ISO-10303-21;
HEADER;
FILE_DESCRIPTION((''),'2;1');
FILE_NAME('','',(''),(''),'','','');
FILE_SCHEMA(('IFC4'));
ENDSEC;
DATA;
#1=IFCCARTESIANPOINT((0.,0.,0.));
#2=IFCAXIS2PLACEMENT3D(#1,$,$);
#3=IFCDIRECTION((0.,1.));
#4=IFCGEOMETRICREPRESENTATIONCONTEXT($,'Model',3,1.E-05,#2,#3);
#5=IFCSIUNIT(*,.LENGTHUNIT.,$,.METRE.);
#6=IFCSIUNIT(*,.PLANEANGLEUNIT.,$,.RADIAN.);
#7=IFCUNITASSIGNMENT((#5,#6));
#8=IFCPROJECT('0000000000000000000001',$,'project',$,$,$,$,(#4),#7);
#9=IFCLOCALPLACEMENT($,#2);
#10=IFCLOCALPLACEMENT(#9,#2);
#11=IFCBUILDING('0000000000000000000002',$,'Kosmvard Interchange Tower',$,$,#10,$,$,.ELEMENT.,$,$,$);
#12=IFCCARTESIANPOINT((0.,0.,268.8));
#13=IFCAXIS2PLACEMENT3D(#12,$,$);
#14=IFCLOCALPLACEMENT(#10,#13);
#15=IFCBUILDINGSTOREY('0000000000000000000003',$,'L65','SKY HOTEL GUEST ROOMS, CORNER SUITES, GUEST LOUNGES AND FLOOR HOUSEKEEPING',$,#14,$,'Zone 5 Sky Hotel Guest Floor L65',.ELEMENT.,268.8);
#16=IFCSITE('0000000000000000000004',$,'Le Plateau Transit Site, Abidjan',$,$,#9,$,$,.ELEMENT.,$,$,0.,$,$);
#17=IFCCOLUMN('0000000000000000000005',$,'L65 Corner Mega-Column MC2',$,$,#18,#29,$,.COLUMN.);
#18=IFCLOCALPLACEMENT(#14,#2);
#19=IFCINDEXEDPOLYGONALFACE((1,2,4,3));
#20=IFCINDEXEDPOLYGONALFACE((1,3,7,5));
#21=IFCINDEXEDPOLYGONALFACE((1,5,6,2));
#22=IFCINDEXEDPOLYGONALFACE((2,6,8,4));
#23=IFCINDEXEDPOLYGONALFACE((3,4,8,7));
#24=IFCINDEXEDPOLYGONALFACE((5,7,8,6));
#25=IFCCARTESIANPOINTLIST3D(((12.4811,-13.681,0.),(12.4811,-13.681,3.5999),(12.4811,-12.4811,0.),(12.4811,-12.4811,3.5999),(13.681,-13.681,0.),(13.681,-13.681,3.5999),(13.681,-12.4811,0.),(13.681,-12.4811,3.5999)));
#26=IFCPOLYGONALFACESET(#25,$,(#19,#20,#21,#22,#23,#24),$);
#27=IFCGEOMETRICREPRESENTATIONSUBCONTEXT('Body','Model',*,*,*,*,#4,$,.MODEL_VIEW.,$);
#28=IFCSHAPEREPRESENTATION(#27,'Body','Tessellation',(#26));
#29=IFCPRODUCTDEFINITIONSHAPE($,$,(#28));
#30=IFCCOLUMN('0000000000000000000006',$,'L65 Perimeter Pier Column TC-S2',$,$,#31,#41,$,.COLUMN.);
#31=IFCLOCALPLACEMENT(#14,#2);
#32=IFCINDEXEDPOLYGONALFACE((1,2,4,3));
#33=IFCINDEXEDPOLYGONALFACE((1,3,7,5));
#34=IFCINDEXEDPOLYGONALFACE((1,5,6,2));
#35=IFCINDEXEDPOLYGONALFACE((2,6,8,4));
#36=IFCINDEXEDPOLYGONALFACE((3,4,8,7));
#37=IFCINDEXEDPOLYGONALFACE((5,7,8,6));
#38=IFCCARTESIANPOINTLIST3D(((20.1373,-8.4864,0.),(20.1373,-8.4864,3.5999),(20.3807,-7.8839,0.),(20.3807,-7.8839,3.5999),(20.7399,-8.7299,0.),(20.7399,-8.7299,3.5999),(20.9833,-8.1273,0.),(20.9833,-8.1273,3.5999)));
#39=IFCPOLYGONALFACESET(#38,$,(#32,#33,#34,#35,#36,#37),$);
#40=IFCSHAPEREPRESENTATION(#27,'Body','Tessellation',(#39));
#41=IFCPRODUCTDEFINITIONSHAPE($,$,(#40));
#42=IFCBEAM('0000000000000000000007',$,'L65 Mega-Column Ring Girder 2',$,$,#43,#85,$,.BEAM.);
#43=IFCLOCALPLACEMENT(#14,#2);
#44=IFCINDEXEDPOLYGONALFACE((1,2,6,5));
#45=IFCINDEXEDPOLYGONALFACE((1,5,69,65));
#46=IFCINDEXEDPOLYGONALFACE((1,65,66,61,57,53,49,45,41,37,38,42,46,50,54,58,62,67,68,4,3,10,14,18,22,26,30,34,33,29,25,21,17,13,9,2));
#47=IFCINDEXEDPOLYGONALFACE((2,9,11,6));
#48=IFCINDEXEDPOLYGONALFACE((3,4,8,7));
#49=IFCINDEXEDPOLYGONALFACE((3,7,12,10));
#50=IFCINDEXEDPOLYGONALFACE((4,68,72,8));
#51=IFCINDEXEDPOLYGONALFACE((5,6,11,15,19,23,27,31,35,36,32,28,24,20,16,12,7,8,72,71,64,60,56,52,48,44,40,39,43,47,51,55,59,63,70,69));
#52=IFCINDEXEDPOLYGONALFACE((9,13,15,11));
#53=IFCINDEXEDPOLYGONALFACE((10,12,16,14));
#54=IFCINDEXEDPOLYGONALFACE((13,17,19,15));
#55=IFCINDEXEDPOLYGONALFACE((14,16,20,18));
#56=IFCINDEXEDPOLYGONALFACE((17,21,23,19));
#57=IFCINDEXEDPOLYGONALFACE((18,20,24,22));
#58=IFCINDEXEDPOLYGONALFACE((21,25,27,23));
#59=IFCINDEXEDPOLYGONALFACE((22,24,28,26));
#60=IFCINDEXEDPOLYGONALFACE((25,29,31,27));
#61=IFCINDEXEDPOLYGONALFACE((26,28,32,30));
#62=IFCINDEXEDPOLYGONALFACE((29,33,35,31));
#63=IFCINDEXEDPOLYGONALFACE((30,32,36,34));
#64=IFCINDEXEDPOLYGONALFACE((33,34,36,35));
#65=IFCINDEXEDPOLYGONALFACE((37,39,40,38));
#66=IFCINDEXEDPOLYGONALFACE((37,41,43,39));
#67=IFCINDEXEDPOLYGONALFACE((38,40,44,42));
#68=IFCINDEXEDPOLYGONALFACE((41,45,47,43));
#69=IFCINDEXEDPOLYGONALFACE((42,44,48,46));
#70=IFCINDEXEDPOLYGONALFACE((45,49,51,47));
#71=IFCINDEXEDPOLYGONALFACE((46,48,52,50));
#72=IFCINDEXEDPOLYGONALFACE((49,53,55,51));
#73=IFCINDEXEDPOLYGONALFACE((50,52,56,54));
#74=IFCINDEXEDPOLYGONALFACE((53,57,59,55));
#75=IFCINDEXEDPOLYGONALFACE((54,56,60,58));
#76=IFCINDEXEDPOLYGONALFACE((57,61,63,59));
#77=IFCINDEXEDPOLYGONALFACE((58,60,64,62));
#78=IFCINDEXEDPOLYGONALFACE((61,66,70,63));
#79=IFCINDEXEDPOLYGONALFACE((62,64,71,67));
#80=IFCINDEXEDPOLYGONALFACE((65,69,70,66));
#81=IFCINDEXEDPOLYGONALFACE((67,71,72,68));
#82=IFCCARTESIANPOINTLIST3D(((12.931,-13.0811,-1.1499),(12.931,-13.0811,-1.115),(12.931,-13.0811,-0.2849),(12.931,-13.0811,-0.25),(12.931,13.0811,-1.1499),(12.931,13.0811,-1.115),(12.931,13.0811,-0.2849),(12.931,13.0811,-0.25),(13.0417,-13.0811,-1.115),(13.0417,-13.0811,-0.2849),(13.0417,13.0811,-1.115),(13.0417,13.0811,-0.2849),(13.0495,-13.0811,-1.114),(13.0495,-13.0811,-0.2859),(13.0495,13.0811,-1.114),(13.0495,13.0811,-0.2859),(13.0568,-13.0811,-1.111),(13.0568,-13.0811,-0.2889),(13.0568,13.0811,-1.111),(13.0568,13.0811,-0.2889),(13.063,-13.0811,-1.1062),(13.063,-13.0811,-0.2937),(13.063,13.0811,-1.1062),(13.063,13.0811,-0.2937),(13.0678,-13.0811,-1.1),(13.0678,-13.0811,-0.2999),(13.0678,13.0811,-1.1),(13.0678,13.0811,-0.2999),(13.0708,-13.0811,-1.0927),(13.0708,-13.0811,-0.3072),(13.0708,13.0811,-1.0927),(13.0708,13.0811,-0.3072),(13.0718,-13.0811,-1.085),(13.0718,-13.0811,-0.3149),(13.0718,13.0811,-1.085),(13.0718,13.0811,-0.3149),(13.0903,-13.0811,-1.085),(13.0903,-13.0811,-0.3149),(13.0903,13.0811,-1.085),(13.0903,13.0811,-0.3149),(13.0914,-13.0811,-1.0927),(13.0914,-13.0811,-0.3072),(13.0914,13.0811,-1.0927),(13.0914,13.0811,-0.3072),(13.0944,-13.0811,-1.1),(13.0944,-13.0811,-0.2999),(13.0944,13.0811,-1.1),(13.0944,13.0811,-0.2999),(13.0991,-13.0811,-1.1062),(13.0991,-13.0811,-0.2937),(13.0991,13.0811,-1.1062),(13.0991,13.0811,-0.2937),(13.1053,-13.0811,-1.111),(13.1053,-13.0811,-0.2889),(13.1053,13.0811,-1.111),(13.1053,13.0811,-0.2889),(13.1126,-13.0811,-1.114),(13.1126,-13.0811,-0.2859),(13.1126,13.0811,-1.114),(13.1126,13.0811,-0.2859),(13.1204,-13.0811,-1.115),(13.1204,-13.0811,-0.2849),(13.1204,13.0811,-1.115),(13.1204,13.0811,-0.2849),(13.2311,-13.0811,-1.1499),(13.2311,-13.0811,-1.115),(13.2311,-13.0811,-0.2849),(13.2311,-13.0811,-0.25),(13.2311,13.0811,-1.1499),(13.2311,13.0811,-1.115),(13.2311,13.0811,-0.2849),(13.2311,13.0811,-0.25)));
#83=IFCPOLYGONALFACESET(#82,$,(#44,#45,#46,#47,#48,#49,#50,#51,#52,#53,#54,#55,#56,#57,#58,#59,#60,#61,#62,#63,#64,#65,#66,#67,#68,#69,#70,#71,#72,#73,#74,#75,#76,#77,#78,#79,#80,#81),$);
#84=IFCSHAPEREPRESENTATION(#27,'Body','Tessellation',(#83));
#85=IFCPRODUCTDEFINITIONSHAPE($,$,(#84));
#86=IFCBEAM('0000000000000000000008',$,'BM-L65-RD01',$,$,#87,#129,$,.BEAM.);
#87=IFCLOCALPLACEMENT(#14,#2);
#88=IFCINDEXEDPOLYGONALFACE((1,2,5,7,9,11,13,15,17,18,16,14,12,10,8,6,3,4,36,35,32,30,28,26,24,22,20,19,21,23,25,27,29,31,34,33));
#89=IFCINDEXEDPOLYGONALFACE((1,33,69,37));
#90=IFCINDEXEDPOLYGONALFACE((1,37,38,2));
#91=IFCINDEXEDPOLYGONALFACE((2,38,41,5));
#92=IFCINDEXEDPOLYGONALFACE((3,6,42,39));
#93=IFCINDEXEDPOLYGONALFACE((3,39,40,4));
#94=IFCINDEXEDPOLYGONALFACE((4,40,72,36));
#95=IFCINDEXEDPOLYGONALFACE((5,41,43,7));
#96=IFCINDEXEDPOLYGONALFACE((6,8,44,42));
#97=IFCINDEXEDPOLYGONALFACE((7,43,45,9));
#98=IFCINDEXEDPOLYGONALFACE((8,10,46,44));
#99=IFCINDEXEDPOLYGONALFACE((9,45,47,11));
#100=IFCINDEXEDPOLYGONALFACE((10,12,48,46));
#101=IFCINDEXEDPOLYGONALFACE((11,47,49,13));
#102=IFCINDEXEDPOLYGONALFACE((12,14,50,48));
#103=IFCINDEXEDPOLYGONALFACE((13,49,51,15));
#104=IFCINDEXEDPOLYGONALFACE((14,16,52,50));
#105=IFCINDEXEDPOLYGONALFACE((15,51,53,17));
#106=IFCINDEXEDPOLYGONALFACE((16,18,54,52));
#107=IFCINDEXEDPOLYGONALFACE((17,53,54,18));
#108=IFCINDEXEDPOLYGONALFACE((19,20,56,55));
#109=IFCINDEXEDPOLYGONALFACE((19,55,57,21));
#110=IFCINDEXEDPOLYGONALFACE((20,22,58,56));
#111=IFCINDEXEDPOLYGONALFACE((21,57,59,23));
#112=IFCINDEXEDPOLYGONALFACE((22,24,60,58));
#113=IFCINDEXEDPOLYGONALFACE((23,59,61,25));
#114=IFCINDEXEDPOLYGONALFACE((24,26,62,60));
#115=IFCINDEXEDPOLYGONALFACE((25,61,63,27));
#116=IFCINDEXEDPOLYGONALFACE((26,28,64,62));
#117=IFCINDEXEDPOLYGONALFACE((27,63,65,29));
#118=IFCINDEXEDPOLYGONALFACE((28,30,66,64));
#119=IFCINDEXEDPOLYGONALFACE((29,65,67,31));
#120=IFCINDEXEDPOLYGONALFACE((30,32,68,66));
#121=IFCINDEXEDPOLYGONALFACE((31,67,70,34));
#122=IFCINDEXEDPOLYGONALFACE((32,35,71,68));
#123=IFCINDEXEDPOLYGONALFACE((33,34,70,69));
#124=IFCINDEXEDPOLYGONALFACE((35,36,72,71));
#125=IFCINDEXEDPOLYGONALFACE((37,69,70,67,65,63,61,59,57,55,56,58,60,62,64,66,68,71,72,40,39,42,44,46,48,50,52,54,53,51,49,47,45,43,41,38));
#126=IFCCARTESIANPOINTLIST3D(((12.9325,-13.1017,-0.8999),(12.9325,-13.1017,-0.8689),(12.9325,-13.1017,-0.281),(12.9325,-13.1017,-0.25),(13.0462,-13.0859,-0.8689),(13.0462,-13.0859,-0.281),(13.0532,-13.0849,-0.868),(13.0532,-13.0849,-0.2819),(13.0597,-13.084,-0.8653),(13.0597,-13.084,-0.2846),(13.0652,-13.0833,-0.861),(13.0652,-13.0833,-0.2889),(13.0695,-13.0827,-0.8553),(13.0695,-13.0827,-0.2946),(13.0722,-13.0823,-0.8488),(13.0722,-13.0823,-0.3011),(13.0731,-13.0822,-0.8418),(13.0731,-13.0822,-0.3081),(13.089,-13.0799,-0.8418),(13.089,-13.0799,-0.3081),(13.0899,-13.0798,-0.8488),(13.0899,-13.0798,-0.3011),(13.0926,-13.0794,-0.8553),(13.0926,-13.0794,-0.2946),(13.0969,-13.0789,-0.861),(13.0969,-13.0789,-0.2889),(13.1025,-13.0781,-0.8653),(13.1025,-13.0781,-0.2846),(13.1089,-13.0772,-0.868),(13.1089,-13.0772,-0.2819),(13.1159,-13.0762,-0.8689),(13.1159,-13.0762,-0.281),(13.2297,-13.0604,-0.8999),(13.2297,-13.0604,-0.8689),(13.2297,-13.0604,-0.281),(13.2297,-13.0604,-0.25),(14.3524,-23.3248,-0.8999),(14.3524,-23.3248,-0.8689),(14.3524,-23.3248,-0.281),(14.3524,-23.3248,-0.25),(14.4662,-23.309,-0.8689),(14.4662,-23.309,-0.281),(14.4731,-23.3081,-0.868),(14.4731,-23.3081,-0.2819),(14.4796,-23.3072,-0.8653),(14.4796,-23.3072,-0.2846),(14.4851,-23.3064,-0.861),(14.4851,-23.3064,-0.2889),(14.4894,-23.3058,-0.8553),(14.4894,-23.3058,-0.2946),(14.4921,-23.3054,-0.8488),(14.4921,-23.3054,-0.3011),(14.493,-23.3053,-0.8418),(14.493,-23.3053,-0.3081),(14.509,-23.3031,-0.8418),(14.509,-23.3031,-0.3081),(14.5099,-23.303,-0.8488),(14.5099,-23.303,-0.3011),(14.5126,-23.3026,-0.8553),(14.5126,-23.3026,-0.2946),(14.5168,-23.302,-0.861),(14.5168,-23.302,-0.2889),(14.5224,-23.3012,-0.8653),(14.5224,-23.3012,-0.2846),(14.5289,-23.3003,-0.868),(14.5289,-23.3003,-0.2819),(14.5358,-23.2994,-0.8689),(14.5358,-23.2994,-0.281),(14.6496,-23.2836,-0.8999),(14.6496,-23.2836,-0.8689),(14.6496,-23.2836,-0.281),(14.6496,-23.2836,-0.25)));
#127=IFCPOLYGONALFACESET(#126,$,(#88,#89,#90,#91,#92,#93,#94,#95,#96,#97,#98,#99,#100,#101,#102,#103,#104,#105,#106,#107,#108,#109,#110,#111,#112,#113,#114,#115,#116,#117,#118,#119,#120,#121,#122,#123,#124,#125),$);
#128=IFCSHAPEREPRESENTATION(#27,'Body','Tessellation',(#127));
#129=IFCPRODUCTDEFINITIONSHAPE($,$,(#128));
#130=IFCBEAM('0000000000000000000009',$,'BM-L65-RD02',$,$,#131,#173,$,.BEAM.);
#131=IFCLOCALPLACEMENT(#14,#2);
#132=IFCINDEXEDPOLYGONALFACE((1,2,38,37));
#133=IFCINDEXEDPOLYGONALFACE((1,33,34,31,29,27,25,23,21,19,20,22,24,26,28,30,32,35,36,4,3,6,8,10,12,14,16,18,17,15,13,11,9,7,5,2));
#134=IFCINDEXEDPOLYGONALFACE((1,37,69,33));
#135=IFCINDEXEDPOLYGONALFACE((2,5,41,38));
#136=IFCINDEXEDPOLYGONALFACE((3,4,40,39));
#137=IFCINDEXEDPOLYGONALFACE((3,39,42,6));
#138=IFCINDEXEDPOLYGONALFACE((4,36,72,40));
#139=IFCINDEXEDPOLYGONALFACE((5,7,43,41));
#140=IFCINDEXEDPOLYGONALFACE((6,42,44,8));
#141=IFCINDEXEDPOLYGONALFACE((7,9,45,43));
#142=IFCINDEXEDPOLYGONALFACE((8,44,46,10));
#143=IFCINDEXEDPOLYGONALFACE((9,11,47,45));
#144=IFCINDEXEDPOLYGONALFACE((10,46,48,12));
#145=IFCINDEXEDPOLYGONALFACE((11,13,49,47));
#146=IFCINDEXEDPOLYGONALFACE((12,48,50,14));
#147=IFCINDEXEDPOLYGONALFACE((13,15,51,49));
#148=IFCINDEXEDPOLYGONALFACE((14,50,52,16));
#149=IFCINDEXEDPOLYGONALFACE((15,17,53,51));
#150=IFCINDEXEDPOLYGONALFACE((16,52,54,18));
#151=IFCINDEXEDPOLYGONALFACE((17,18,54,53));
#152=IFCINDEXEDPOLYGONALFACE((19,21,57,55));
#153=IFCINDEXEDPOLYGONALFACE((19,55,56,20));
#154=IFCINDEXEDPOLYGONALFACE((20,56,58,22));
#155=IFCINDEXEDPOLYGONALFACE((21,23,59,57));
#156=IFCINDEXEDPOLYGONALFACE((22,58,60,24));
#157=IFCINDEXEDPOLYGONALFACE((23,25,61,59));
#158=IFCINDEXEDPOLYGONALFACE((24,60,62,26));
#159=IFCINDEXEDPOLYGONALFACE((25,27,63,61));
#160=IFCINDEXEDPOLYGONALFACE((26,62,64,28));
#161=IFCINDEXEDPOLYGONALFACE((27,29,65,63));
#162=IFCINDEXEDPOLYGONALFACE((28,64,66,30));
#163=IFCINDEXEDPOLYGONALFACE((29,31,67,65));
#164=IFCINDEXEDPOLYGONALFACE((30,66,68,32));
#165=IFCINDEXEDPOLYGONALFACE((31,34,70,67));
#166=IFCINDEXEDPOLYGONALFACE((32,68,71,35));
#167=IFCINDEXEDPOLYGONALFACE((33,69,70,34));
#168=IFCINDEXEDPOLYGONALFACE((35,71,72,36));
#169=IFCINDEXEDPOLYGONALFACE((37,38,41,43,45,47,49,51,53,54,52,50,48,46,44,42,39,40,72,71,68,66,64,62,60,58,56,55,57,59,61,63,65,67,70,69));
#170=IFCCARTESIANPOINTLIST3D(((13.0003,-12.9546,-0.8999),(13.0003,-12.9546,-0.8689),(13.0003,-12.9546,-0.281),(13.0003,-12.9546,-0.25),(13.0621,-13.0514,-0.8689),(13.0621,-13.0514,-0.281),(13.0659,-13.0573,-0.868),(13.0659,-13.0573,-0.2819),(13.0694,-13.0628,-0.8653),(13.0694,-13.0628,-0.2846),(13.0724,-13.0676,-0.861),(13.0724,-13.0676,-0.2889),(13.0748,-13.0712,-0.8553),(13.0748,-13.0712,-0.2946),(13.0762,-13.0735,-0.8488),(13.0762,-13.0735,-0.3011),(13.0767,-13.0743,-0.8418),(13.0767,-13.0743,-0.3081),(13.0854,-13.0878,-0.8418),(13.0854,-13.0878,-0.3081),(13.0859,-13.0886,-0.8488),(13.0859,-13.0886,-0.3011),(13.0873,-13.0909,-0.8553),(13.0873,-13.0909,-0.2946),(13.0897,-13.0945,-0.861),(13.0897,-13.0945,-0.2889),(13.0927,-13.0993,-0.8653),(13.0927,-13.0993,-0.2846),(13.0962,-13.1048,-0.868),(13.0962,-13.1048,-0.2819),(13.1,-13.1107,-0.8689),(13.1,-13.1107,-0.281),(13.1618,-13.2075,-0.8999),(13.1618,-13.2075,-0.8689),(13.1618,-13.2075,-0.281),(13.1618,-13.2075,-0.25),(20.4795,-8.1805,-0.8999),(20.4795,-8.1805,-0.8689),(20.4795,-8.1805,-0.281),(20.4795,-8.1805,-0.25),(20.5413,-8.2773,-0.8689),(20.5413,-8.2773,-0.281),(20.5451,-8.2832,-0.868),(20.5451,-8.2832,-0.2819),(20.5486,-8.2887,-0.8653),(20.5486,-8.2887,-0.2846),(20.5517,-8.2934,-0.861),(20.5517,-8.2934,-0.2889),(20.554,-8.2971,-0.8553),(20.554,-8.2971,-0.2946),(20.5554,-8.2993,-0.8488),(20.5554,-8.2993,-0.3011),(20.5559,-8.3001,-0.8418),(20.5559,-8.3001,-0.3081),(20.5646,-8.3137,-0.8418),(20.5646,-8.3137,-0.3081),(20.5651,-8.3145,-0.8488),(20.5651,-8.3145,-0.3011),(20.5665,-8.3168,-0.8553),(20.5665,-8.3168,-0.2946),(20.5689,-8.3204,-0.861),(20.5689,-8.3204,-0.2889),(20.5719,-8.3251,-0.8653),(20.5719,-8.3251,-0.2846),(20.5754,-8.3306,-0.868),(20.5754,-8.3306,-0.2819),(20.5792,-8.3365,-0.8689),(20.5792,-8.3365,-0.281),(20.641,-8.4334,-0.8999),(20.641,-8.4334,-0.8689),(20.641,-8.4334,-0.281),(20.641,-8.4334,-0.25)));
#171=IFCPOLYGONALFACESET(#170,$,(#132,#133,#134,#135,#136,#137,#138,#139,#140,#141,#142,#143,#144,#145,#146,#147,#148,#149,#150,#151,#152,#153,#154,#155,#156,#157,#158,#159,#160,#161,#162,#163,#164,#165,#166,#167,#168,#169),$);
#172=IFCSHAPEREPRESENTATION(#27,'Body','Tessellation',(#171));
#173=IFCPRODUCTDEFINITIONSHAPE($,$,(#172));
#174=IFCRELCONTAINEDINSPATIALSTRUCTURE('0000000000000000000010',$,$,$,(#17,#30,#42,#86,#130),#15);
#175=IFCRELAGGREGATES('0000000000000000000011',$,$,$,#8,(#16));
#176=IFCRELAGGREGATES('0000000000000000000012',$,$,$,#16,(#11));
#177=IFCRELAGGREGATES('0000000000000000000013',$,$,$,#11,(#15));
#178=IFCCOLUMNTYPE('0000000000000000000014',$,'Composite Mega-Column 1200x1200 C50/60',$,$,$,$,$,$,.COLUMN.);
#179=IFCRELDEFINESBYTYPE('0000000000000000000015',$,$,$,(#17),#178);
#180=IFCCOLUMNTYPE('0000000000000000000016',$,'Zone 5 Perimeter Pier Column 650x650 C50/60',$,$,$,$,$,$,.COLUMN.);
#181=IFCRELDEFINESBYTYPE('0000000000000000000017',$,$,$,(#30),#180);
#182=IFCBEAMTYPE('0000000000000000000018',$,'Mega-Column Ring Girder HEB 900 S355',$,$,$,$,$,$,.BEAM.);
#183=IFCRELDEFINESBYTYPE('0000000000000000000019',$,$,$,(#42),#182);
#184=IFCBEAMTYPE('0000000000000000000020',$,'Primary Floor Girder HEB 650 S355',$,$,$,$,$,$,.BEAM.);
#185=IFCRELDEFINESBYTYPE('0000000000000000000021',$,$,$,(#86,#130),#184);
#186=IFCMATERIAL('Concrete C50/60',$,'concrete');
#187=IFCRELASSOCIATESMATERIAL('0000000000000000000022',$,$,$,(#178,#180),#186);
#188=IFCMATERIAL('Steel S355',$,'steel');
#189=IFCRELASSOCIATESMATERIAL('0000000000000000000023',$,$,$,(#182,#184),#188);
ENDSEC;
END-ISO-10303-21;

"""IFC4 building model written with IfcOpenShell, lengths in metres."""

from ifc_helpers import new_model, si_unit, direction, frame, origin, origin_2d, place, context, subcontext, project, spatial, rectangle, i_section, extrude, source, transform, mapped, material, material_profile, profile_set, type_object, element, save


model = new_model("IFC4")

# Units and contexts
model_context = context("Model", 3, precision=1e-05, world=origin(), true_north=direction((0.0, 1.0)))
body_context = subcontext(model_context, "Body", "Model", "MODEL_VIEW")
ifc_project = project(units=[si_unit("LENGTHUNIT", "METRE"), si_unit("PLANEANGLEUNIT", "RADIAN")], contexts=[model_context])

# Site, building, storey
site_placement = place(None, origin())
site = spatial("IfcSite", under=ifc_project, at=site_placement, Name="Le Plateau Transit Site, Abidjan", CompositionType="ELEMENT", RefElevation=0.0)
building_placement = place(site_placement, origin())
building = spatial("IfcBuilding", under=site, at=building_placement, Name="Kosmvard Interchange Tower", CompositionType="ELEMENT")
storey_placement = place(building_placement, frame((0.0, 0.0, 268.8)))
storey = spatial("IfcBuildingStorey", under=building, at=storey_placement, Name="L65", Description="SKY HOTEL GUEST ROOMS, CORNER SUITES, GUEST LOUNGES AND FLOOR HOUSEKEEPING", LongName="Zone 5 Sky Hotel Guest Floor L65", CompositionType="ELEMENT", Elevation=268.8)

# Columns
ifc_material_1 = material(Name="Concrete C50/60", Category="concrete")
ifc_material_profile_1 = material_profile(ifc_material_1, rectangle(XDim=1.2, YDim=1.2, at=origin_2d()), Name="MC 1200x1200")
ifc_profile_set_1 = profile_set([ifc_material_profile_1], Name="Concrete C50/60")
column_type_1 = type_object("IfcColumnType", Name="Composite Mega-Column 1200x1200 C50/60", PredefinedType="COLUMN", material=ifc_profile_set_1)
shared_shape_1 = source(origin(), body_context, "Body", "SweptSolid", [
    extrude(rectangle(XDim=1.2, YDim=1.2, at=origin_2d()), origin(), (0.0, 0.0, 1.0), 3.5999),
])
column_1_placement = place(storey_placement, frame((13.0811, -13.0811, 0.0), z_axis=(0.0, 0.0, 1.0), x_axis=(1.0, 0.0, 0.0)))
element("IfcColumn", 1, at=column_1_placement, inside=storey, type_object=column_type_1, Name="L65 Corner Mega-Column MC2", PredefinedType="COLUMN", context=body_context, shape_type="MappedRepresentation", body=[
    mapped(shared_shape_1, transform((0.0, 0.0, 0.0), scale=1.0)),
])
ifc_material_profile_2 = material_profile(ifc_material_1, rectangle(XDim=0.6499, YDim=0.6499, at=origin_2d()), Name="TC 650x650")
ifc_profile_set_2 = profile_set([ifc_material_profile_2], Name="Concrete C50/60")
column_type_2 = type_object("IfcColumnType", Name="Zone 5 Perimeter Pier Column 650x650 C50/60", PredefinedType="COLUMN", material=ifc_profile_set_2)
shared_shape_2 = source(origin(), body_context, "Body", "SweptSolid", [
    extrude(rectangle(XDim=0.6499, YDim=0.6499, at=origin_2d()), origin(), (0.0, 0.0, 1.0), 3.5999),
])
column_2_placement = place(storey_placement, frame((20.5603, -8.3069, 0.0), z_axis=(0.0, 0.0, 1.0), x_axis=(0.374607, 0.927184, 0.0)))
element("IfcColumn", 2, at=column_2_placement, inside=storey, type_object=column_type_2, Name="L65 Perimeter Pier Column TC-S2", PredefinedType="COLUMN", context=body_context, shape_type="MappedRepresentation", body=[
    mapped(shared_shape_2, transform((0.0, 0.0, 0.0), scale=1.0)),
])

# Beams
ifc_material_2 = material(Name="Steel S355", Category="steel")
ifc_material_profile_3 = material_profile(ifc_material_2, i_section(OverallWidth=0.3, OverallDepth=0.8999, WebThickness=0.0186, FlangeThickness=0.0349, FilletRadius=0.03, at=origin_2d()), Name="HEB 900")
ifc_profile_set_3 = profile_set([ifc_material_profile_3], Name="Steel S355")
beam_type_1 = type_object("IfcBeamType", Name="Mega-Column Ring Girder HEB 900 S355", PredefinedType="BEAM", material=ifc_profile_set_3)
shared_shape_3 = source(origin(), body_context, "Body", "SweptSolid", [
    extrude(i_section(OverallWidth=0.3, OverallDepth=0.8999, WebThickness=0.0186, FlangeThickness=0.0349, FilletRadius=0.03, at=origin_2d()), origin(), (0.0, 0.0, 1.0), 26.1621),
])
beam_1_placement = place(storey_placement, frame((13.0811, -13.0811, -0.7), z_axis=(0.0, 1.0, 0.0), x_axis=(-1.0, 0.0, 0.0)))
element("IfcBeam", 3, at=beam_1_placement, inside=storey, type_object=beam_type_1, Name="L65 Mega-Column Ring Girder 2", PredefinedType="BEAM", context=body_context, shape_type="MappedRepresentation", body=[
    mapped(shared_shape_3, transform((0.0, 0.0, 0.0), scale=1.0)),
])
ifc_material_profile_4 = material_profile(ifc_material_2, i_section(OverallWidth=0.3, OverallDepth=0.6499, WebThickness=0.0161, FlangeThickness=0.031, FilletRadius=0.0271, at=origin_2d()), Name="HEB 650")
ifc_profile_set_4 = profile_set([ifc_material_profile_4], Name="Steel S355")
beam_type_2 = type_object("IfcBeamType", Name="Primary Floor Girder HEB 650 S355", PredefinedType="BEAM", material=ifc_profile_set_4)
shared_shape_4 = source(origin(), body_context, "Body", "SweptSolid", [
    extrude(i_section(OverallWidth=0.3, OverallDepth=0.6499, WebThickness=0.0161, FlangeThickness=0.031, FilletRadius=0.0271, at=origin_2d()), origin(), (0.0, 0.0, 1.0), 10.3213),
])
beam_2_placement = place(storey_placement, frame((13.0811, -13.0811, -0.575), z_axis=(0.137572, -0.990492, 0.0), x_axis=(0.990492, 0.137572, 0.0)))
element("IfcBeam", 4, at=beam_2_placement, inside=storey, type_object=beam_type_2, Name="BM-L65-RD01", PredefinedType="BEAM", context=body_context, shape_type="MappedRepresentation", body=[
    mapped(shared_shape_4, transform((0.0, 0.0, 0.0), scale=1.0)),
])
shared_shape_5 = source(origin(), body_context, "Body", "SweptSolid", [
    extrude(i_section(OverallWidth=0.3, OverallDepth=0.6499, WebThickness=0.0161, FlangeThickness=0.031, FilletRadius=0.0271, at=origin_2d()), origin(), (0.0, 0.0, 1.0), 8.873),
])
beam_3_placement = place(storey_placement, frame((13.0811, -13.0811, -0.575), z_axis=(0.842913, 0.53805, 0.0), x_axis=(-0.53805, 0.842913, 0.0)))
element("IfcBeam", 5, at=beam_3_placement, inside=storey, type_object=beam_type_2, Name="BM-L65-RD02", PredefinedType="BEAM", context=body_context, shape_type="MappedRepresentation", body=[
    mapped(shared_shape_5, transform((0.0, 0.0, 0.0), scale=1.0)),
])

save(model, "model.ifc")
